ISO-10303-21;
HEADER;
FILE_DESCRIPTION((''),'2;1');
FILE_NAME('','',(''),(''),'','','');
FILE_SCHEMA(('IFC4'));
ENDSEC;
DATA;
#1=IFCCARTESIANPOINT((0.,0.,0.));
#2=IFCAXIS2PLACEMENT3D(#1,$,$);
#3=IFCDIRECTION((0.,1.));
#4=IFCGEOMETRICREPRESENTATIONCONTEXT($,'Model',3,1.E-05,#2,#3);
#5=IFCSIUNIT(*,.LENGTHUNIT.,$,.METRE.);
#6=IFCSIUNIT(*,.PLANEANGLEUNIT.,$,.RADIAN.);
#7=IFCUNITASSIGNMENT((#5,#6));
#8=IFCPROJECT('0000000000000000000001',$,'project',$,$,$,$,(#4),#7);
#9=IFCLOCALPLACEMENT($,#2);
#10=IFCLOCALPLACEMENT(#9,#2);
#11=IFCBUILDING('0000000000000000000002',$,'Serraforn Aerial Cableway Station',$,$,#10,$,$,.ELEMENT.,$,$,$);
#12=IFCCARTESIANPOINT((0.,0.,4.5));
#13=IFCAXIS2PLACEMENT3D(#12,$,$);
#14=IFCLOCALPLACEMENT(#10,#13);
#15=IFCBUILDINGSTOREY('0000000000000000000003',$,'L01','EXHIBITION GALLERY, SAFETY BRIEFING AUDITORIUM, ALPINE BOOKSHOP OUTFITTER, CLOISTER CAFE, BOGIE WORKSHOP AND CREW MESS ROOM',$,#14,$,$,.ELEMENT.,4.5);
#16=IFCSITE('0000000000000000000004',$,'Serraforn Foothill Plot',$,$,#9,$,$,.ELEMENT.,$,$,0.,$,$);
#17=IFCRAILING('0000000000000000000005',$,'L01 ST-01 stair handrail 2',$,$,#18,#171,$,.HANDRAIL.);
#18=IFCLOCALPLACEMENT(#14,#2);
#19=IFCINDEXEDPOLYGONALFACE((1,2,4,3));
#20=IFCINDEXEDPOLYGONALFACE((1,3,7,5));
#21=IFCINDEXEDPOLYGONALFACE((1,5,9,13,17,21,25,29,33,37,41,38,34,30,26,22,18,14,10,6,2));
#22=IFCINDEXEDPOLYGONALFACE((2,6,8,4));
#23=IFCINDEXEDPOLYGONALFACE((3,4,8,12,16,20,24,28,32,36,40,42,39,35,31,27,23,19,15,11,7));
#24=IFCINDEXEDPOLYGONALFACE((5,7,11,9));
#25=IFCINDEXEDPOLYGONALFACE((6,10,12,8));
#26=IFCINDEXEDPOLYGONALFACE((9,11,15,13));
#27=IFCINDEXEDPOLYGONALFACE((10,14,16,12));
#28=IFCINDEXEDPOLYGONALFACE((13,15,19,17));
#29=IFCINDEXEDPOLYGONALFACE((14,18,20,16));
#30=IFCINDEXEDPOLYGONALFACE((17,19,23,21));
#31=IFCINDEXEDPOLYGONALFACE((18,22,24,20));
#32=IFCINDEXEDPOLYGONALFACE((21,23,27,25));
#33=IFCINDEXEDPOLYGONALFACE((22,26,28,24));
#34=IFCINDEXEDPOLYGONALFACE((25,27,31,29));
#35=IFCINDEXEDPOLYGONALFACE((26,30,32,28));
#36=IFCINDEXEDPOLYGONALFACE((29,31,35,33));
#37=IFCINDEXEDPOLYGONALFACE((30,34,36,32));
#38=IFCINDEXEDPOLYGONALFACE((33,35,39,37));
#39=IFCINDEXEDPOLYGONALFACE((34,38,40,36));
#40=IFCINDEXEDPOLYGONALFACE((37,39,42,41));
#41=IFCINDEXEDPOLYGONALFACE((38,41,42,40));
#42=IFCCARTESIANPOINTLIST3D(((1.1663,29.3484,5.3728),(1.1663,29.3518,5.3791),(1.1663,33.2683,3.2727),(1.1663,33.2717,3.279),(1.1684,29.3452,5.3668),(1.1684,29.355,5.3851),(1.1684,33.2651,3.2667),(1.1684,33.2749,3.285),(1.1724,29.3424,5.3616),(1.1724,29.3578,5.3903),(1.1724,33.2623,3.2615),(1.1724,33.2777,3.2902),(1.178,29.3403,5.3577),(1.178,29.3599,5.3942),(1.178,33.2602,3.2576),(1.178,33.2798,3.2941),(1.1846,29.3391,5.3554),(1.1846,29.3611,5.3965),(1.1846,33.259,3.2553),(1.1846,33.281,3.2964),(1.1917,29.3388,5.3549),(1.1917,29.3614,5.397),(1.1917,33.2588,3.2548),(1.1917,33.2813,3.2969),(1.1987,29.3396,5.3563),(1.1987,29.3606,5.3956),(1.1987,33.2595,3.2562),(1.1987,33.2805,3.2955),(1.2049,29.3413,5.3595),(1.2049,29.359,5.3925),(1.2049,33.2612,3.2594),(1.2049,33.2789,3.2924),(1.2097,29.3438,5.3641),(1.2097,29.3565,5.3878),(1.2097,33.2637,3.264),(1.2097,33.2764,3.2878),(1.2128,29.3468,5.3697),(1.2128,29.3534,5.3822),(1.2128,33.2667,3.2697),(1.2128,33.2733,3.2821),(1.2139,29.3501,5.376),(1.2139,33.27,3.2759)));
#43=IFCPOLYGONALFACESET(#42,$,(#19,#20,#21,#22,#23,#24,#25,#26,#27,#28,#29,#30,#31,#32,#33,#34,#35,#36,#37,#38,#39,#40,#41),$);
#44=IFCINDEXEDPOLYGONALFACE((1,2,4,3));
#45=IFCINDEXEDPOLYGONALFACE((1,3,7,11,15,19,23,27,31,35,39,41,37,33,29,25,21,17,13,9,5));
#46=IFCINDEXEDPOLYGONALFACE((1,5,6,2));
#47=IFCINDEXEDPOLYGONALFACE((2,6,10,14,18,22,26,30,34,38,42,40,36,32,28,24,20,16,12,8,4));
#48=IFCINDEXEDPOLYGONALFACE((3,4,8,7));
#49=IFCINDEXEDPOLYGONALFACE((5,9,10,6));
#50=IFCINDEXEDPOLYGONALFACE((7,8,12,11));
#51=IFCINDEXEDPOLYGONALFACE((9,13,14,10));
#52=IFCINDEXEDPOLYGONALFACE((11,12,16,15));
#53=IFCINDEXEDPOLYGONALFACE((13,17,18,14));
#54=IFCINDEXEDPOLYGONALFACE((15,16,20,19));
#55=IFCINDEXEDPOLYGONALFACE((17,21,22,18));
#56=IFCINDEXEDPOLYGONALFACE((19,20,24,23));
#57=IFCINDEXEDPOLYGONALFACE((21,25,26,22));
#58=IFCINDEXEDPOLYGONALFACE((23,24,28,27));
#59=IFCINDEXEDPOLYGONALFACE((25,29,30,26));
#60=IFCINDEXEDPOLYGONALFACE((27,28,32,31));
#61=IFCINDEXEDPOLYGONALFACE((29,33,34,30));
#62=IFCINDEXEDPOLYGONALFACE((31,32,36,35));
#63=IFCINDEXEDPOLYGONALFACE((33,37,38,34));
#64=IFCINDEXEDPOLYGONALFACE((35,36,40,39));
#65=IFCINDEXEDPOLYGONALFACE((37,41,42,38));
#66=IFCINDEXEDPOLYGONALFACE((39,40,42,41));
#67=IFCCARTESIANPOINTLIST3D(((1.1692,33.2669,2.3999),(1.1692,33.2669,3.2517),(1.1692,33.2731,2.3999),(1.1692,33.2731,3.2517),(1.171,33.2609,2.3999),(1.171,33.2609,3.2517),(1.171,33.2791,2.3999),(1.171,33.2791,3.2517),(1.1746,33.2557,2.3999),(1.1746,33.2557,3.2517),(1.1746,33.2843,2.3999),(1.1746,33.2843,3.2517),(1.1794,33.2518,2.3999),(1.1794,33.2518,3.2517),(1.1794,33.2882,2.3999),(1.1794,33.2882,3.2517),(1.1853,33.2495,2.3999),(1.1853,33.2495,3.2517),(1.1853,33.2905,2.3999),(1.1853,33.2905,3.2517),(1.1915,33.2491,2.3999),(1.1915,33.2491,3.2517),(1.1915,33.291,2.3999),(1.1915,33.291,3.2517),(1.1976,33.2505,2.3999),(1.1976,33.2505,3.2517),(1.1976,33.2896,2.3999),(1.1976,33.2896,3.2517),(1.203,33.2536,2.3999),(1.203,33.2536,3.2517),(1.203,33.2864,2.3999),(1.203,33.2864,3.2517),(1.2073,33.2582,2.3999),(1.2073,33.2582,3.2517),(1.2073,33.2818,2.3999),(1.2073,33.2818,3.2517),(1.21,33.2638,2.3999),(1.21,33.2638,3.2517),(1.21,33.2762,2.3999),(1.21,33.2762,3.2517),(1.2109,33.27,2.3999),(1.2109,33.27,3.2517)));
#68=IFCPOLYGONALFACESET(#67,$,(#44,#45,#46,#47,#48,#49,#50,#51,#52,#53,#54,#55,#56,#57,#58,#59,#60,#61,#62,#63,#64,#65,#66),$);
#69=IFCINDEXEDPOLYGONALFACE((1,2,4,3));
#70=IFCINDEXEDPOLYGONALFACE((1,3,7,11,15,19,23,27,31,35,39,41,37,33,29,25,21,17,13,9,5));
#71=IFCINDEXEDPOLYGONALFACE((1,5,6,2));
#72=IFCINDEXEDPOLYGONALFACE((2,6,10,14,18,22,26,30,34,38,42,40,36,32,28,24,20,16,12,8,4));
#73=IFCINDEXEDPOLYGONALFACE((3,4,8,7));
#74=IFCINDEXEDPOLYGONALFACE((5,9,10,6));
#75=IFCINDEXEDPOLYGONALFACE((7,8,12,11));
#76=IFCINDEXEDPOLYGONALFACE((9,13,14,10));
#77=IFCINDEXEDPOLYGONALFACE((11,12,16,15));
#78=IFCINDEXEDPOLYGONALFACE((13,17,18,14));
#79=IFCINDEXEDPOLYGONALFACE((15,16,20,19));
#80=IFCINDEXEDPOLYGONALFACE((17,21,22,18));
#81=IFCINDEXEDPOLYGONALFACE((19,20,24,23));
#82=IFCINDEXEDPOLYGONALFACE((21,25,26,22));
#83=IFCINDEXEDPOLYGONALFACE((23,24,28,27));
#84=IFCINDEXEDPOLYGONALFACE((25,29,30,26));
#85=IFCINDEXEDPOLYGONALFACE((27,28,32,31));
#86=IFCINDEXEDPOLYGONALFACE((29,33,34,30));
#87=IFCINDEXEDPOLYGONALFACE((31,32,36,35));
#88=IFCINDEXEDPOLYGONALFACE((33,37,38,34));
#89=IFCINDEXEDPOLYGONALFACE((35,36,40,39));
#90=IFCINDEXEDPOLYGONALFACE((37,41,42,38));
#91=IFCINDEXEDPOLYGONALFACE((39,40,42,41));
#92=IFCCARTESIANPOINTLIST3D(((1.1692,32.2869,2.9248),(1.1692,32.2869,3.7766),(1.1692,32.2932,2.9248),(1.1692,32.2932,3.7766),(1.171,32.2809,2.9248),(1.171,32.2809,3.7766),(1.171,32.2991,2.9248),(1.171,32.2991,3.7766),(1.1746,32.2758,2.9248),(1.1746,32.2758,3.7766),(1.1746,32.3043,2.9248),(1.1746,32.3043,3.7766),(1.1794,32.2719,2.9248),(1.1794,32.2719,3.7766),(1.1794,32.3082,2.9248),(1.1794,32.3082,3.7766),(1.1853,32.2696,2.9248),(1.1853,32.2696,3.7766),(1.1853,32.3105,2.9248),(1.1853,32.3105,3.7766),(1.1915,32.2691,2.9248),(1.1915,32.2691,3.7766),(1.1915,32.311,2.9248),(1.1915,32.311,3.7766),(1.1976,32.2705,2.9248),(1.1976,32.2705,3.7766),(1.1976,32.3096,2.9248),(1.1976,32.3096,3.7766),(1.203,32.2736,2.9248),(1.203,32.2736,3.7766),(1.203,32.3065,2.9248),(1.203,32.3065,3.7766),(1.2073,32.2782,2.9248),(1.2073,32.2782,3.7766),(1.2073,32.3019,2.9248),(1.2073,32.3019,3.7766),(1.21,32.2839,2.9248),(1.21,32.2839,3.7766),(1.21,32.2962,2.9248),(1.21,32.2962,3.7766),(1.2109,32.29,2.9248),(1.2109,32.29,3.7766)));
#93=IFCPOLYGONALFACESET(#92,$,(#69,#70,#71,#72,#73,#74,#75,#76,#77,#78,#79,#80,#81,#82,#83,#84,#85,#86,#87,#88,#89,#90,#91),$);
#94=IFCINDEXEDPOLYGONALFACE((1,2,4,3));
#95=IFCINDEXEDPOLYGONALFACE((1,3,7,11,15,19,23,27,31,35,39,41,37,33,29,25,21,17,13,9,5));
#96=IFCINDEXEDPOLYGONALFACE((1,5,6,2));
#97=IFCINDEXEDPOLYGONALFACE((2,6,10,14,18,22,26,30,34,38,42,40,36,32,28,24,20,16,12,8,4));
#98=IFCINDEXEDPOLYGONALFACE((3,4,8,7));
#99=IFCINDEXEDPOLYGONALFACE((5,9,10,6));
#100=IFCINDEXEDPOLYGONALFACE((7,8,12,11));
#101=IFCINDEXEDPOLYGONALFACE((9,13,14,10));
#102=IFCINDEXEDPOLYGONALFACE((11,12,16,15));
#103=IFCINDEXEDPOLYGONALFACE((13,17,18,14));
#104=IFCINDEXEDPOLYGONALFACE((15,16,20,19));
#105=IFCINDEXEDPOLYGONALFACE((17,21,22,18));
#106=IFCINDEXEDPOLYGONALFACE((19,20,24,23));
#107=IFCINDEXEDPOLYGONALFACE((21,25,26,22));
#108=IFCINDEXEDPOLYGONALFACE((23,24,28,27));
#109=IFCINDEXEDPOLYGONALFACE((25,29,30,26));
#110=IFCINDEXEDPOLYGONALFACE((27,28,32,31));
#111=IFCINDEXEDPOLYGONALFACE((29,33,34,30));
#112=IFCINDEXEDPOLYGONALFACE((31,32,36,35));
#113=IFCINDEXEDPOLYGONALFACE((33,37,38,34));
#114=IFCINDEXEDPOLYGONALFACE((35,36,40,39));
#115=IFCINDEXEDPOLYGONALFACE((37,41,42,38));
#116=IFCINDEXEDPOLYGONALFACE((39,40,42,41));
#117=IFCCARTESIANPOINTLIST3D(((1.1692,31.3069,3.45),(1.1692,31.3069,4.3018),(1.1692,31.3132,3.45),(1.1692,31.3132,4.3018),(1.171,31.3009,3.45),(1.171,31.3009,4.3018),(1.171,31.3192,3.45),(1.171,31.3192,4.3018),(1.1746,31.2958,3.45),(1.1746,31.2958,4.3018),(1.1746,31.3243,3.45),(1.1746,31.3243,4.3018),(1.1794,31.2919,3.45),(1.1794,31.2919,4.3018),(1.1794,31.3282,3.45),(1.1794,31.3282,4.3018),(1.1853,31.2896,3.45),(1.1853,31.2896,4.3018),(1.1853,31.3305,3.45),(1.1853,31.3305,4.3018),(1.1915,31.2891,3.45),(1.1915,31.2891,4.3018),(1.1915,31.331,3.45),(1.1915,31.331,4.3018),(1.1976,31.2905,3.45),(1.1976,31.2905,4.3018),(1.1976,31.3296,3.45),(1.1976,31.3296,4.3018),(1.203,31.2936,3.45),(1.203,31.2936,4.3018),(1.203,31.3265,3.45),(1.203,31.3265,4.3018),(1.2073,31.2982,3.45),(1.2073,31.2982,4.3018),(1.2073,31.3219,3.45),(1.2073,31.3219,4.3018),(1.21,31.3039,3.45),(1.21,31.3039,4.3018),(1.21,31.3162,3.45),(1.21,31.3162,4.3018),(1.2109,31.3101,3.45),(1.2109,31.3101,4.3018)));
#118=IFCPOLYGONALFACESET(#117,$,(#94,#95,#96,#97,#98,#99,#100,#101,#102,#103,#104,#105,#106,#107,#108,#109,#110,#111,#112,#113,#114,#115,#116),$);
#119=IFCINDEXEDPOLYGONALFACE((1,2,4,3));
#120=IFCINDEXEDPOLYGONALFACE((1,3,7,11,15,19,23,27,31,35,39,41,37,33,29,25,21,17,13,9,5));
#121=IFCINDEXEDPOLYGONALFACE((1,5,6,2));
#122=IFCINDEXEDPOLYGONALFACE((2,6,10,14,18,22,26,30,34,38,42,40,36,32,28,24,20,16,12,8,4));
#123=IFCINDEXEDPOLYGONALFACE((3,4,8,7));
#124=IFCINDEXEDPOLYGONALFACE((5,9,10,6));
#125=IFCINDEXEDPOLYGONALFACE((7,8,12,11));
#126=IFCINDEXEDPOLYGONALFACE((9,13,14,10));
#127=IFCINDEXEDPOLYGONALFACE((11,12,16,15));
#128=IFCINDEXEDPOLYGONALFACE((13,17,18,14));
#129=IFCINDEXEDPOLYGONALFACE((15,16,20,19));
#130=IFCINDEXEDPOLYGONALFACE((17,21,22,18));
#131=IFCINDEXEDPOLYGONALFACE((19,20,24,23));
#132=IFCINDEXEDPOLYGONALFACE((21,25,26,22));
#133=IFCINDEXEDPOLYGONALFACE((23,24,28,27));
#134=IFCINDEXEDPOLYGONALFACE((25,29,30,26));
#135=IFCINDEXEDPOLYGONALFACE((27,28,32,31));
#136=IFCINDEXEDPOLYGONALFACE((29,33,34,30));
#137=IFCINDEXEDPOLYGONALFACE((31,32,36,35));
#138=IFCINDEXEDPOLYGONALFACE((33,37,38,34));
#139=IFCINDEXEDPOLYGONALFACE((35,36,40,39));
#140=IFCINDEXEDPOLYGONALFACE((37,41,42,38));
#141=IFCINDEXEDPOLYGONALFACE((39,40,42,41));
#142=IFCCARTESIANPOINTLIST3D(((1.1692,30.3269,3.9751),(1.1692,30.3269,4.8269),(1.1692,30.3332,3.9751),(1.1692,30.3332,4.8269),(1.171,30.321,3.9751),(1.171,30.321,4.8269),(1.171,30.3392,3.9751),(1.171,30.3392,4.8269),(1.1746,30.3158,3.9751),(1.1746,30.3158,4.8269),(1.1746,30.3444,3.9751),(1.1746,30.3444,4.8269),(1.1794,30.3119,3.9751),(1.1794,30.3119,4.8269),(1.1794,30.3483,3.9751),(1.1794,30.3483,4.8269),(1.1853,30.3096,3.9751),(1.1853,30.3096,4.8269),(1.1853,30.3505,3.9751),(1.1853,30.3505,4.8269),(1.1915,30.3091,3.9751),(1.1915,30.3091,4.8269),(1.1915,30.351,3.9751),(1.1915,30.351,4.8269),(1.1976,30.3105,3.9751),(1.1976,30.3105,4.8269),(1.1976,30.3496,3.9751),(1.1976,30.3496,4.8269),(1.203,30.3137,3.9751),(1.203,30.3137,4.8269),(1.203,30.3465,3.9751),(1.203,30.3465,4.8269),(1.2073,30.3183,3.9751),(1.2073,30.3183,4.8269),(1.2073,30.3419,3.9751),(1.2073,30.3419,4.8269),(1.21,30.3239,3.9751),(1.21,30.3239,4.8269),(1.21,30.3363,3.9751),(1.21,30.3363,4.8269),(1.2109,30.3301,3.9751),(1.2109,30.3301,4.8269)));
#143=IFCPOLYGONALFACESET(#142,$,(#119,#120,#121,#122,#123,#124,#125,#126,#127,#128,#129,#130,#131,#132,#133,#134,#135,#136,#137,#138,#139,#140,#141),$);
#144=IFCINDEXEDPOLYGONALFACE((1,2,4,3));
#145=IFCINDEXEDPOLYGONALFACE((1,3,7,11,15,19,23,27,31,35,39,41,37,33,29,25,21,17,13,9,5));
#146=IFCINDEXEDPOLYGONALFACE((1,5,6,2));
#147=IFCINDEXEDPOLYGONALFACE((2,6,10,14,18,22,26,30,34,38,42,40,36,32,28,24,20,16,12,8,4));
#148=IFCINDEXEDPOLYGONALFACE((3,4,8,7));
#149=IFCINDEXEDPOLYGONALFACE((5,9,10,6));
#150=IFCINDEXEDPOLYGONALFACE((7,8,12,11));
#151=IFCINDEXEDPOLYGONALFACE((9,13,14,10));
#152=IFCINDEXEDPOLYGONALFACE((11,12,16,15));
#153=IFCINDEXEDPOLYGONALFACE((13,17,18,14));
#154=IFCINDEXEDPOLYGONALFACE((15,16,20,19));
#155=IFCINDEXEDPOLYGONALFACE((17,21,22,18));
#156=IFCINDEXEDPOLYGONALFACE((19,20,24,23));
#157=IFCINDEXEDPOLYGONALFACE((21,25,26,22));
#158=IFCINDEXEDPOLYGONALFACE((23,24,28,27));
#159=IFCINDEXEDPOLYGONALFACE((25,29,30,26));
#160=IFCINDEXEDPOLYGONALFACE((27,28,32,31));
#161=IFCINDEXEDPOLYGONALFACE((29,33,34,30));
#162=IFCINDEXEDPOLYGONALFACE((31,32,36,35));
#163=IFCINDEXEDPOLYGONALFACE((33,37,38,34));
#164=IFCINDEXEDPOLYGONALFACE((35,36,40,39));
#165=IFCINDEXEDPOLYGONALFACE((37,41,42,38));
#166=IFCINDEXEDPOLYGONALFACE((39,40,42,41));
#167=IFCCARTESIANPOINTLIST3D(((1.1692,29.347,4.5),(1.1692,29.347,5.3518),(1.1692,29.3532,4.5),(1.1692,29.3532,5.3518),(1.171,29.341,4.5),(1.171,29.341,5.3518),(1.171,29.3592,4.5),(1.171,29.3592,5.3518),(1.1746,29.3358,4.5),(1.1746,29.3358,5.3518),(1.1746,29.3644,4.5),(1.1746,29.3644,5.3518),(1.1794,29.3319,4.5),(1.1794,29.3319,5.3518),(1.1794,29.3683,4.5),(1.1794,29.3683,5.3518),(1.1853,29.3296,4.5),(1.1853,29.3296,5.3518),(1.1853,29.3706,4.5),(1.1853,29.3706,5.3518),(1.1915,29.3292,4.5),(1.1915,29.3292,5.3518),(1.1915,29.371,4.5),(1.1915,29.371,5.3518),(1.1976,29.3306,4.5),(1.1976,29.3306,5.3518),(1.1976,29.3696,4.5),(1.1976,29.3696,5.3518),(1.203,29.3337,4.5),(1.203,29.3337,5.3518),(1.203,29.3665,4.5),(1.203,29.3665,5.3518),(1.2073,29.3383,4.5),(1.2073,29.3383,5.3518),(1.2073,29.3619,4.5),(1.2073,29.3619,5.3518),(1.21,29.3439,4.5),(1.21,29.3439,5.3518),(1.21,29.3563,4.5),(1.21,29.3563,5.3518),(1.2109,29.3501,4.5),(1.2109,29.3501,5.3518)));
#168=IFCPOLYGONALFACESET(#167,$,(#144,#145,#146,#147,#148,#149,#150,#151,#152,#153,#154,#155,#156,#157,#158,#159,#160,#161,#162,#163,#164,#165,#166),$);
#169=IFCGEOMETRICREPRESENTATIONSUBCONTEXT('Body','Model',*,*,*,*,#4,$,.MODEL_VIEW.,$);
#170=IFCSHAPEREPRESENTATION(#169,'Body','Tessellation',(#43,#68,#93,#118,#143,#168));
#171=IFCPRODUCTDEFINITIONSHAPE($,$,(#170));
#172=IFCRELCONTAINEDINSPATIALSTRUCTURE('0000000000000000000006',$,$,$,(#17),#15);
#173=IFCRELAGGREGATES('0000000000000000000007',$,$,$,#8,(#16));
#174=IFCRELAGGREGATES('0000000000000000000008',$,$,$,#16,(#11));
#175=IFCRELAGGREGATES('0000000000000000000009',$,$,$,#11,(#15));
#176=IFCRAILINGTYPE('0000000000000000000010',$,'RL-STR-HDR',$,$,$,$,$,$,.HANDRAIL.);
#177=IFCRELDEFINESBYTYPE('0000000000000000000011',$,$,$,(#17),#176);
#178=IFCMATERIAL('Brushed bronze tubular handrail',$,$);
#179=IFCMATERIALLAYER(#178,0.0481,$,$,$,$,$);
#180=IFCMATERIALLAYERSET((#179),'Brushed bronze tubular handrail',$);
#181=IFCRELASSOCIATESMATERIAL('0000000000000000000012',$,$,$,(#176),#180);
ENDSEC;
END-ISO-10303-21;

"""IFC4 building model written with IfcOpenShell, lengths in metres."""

from ifc_helpers import new_model, si_unit, direction, frame, origin, origin_2d, place, context, subcontext, project, spatial, circle, extrude, material, layer, layer_set, type_object, element, save


model = new_model("IFC4")

# Units and contexts
model_context = context("Model", 3, precision=1e-05, world=origin(), true_north=direction((0.0, 1.0)))
body_context = subcontext(model_context, "Body", "Model", "MODEL_VIEW")
ifc_project = project(units=[si_unit("LENGTHUNIT", "METRE"), si_unit("PLANEANGLEUNIT", "RADIAN")], contexts=[model_context])

# Site, building, storey
site_placement = place(None, origin())
site = spatial("IfcSite", under=ifc_project, at=site_placement, Name="Serraforn Foothill Plot", CompositionType="ELEMENT", RefElevation=0.0)
building_placement = place(site_placement, origin())
building = spatial("IfcBuilding", under=site, at=building_placement, Name="Serraforn Aerial Cableway Station", CompositionType="ELEMENT")
storey_placement = place(building_placement, frame((0.0, 0.0, 4.5)))
storey = spatial("IfcBuildingStorey", under=building, at=storey_placement, Name="L01", Description="EXHIBITION GALLERY, SAFETY BRIEFING AUDITORIUM, ALPINE BOOKSHOP OUTFITTER, CLOISTER CAFE, BOGIE WORKSHOP AND CREW MESS ROOM", CompositionType="ELEMENT", Elevation=4.5)

# Railing
ifc_material_1 = material(Name="Brushed bronze tubular handrail")
ifc_layer_1 = layer(ifc_material_1, 0.0481)
ifc_layer_set_1 = layer_set([ifc_layer_1], Name="Brushed bronze tubular handrail")
railing_type_1 = type_object("IfcRailingType", Name="RL-STR-HDR", PredefinedType="HANDRAIL", material=ifc_layer_set_1)
for number, where, name in (
    (1, (1.1899, 33.27, 2.3999), "L01 ST-01 stair handrail 2"),
):
    element("IfcRailing", number, at=place(storey_placement, frame(where)), inside=storey, type_object=railing_type_1, Name=name, PredefinedType="HANDRAIL", context=body_context, shape_type="SweptSolid", body=[
        extrude(circle(Radius=0.0239, at=origin_2d()), frame((0.0, 0.0, 0.876), z_axis=(0.0, -0.881467, 0.472246), x_axis=(1.0, 0.0, 0.0)), (0.0, 0.0, 1.0), 4.447),
        extrude(circle(Radius=0.021, at=origin_2d()), origin(), (0.0, 0.0, 1.0), 0.8518),
        extrude(circle(Radius=0.021, at=origin_2d()), frame((0.0, -0.98, 0.5249)), (0.0, 0.0, 1.0), 0.8518),
        extrude(circle(Radius=0.021, at=origin_2d()), frame((0.0, -1.96, 1.05)), (0.0, 0.0, 1.0), 0.8518),
        extrude(circle(Radius=0.021, at=origin_2d()), frame((0.0, -2.9399, 1.5752)), (0.0, 0.0, 1.0), 0.8518),
        extrude(circle(Radius=0.021, at=origin_2d()), frame((0.0, -3.9199, 2.1001)), (0.0, 0.0, 1.0), 0.8518),
    ])

save(model, "model.ifc")
